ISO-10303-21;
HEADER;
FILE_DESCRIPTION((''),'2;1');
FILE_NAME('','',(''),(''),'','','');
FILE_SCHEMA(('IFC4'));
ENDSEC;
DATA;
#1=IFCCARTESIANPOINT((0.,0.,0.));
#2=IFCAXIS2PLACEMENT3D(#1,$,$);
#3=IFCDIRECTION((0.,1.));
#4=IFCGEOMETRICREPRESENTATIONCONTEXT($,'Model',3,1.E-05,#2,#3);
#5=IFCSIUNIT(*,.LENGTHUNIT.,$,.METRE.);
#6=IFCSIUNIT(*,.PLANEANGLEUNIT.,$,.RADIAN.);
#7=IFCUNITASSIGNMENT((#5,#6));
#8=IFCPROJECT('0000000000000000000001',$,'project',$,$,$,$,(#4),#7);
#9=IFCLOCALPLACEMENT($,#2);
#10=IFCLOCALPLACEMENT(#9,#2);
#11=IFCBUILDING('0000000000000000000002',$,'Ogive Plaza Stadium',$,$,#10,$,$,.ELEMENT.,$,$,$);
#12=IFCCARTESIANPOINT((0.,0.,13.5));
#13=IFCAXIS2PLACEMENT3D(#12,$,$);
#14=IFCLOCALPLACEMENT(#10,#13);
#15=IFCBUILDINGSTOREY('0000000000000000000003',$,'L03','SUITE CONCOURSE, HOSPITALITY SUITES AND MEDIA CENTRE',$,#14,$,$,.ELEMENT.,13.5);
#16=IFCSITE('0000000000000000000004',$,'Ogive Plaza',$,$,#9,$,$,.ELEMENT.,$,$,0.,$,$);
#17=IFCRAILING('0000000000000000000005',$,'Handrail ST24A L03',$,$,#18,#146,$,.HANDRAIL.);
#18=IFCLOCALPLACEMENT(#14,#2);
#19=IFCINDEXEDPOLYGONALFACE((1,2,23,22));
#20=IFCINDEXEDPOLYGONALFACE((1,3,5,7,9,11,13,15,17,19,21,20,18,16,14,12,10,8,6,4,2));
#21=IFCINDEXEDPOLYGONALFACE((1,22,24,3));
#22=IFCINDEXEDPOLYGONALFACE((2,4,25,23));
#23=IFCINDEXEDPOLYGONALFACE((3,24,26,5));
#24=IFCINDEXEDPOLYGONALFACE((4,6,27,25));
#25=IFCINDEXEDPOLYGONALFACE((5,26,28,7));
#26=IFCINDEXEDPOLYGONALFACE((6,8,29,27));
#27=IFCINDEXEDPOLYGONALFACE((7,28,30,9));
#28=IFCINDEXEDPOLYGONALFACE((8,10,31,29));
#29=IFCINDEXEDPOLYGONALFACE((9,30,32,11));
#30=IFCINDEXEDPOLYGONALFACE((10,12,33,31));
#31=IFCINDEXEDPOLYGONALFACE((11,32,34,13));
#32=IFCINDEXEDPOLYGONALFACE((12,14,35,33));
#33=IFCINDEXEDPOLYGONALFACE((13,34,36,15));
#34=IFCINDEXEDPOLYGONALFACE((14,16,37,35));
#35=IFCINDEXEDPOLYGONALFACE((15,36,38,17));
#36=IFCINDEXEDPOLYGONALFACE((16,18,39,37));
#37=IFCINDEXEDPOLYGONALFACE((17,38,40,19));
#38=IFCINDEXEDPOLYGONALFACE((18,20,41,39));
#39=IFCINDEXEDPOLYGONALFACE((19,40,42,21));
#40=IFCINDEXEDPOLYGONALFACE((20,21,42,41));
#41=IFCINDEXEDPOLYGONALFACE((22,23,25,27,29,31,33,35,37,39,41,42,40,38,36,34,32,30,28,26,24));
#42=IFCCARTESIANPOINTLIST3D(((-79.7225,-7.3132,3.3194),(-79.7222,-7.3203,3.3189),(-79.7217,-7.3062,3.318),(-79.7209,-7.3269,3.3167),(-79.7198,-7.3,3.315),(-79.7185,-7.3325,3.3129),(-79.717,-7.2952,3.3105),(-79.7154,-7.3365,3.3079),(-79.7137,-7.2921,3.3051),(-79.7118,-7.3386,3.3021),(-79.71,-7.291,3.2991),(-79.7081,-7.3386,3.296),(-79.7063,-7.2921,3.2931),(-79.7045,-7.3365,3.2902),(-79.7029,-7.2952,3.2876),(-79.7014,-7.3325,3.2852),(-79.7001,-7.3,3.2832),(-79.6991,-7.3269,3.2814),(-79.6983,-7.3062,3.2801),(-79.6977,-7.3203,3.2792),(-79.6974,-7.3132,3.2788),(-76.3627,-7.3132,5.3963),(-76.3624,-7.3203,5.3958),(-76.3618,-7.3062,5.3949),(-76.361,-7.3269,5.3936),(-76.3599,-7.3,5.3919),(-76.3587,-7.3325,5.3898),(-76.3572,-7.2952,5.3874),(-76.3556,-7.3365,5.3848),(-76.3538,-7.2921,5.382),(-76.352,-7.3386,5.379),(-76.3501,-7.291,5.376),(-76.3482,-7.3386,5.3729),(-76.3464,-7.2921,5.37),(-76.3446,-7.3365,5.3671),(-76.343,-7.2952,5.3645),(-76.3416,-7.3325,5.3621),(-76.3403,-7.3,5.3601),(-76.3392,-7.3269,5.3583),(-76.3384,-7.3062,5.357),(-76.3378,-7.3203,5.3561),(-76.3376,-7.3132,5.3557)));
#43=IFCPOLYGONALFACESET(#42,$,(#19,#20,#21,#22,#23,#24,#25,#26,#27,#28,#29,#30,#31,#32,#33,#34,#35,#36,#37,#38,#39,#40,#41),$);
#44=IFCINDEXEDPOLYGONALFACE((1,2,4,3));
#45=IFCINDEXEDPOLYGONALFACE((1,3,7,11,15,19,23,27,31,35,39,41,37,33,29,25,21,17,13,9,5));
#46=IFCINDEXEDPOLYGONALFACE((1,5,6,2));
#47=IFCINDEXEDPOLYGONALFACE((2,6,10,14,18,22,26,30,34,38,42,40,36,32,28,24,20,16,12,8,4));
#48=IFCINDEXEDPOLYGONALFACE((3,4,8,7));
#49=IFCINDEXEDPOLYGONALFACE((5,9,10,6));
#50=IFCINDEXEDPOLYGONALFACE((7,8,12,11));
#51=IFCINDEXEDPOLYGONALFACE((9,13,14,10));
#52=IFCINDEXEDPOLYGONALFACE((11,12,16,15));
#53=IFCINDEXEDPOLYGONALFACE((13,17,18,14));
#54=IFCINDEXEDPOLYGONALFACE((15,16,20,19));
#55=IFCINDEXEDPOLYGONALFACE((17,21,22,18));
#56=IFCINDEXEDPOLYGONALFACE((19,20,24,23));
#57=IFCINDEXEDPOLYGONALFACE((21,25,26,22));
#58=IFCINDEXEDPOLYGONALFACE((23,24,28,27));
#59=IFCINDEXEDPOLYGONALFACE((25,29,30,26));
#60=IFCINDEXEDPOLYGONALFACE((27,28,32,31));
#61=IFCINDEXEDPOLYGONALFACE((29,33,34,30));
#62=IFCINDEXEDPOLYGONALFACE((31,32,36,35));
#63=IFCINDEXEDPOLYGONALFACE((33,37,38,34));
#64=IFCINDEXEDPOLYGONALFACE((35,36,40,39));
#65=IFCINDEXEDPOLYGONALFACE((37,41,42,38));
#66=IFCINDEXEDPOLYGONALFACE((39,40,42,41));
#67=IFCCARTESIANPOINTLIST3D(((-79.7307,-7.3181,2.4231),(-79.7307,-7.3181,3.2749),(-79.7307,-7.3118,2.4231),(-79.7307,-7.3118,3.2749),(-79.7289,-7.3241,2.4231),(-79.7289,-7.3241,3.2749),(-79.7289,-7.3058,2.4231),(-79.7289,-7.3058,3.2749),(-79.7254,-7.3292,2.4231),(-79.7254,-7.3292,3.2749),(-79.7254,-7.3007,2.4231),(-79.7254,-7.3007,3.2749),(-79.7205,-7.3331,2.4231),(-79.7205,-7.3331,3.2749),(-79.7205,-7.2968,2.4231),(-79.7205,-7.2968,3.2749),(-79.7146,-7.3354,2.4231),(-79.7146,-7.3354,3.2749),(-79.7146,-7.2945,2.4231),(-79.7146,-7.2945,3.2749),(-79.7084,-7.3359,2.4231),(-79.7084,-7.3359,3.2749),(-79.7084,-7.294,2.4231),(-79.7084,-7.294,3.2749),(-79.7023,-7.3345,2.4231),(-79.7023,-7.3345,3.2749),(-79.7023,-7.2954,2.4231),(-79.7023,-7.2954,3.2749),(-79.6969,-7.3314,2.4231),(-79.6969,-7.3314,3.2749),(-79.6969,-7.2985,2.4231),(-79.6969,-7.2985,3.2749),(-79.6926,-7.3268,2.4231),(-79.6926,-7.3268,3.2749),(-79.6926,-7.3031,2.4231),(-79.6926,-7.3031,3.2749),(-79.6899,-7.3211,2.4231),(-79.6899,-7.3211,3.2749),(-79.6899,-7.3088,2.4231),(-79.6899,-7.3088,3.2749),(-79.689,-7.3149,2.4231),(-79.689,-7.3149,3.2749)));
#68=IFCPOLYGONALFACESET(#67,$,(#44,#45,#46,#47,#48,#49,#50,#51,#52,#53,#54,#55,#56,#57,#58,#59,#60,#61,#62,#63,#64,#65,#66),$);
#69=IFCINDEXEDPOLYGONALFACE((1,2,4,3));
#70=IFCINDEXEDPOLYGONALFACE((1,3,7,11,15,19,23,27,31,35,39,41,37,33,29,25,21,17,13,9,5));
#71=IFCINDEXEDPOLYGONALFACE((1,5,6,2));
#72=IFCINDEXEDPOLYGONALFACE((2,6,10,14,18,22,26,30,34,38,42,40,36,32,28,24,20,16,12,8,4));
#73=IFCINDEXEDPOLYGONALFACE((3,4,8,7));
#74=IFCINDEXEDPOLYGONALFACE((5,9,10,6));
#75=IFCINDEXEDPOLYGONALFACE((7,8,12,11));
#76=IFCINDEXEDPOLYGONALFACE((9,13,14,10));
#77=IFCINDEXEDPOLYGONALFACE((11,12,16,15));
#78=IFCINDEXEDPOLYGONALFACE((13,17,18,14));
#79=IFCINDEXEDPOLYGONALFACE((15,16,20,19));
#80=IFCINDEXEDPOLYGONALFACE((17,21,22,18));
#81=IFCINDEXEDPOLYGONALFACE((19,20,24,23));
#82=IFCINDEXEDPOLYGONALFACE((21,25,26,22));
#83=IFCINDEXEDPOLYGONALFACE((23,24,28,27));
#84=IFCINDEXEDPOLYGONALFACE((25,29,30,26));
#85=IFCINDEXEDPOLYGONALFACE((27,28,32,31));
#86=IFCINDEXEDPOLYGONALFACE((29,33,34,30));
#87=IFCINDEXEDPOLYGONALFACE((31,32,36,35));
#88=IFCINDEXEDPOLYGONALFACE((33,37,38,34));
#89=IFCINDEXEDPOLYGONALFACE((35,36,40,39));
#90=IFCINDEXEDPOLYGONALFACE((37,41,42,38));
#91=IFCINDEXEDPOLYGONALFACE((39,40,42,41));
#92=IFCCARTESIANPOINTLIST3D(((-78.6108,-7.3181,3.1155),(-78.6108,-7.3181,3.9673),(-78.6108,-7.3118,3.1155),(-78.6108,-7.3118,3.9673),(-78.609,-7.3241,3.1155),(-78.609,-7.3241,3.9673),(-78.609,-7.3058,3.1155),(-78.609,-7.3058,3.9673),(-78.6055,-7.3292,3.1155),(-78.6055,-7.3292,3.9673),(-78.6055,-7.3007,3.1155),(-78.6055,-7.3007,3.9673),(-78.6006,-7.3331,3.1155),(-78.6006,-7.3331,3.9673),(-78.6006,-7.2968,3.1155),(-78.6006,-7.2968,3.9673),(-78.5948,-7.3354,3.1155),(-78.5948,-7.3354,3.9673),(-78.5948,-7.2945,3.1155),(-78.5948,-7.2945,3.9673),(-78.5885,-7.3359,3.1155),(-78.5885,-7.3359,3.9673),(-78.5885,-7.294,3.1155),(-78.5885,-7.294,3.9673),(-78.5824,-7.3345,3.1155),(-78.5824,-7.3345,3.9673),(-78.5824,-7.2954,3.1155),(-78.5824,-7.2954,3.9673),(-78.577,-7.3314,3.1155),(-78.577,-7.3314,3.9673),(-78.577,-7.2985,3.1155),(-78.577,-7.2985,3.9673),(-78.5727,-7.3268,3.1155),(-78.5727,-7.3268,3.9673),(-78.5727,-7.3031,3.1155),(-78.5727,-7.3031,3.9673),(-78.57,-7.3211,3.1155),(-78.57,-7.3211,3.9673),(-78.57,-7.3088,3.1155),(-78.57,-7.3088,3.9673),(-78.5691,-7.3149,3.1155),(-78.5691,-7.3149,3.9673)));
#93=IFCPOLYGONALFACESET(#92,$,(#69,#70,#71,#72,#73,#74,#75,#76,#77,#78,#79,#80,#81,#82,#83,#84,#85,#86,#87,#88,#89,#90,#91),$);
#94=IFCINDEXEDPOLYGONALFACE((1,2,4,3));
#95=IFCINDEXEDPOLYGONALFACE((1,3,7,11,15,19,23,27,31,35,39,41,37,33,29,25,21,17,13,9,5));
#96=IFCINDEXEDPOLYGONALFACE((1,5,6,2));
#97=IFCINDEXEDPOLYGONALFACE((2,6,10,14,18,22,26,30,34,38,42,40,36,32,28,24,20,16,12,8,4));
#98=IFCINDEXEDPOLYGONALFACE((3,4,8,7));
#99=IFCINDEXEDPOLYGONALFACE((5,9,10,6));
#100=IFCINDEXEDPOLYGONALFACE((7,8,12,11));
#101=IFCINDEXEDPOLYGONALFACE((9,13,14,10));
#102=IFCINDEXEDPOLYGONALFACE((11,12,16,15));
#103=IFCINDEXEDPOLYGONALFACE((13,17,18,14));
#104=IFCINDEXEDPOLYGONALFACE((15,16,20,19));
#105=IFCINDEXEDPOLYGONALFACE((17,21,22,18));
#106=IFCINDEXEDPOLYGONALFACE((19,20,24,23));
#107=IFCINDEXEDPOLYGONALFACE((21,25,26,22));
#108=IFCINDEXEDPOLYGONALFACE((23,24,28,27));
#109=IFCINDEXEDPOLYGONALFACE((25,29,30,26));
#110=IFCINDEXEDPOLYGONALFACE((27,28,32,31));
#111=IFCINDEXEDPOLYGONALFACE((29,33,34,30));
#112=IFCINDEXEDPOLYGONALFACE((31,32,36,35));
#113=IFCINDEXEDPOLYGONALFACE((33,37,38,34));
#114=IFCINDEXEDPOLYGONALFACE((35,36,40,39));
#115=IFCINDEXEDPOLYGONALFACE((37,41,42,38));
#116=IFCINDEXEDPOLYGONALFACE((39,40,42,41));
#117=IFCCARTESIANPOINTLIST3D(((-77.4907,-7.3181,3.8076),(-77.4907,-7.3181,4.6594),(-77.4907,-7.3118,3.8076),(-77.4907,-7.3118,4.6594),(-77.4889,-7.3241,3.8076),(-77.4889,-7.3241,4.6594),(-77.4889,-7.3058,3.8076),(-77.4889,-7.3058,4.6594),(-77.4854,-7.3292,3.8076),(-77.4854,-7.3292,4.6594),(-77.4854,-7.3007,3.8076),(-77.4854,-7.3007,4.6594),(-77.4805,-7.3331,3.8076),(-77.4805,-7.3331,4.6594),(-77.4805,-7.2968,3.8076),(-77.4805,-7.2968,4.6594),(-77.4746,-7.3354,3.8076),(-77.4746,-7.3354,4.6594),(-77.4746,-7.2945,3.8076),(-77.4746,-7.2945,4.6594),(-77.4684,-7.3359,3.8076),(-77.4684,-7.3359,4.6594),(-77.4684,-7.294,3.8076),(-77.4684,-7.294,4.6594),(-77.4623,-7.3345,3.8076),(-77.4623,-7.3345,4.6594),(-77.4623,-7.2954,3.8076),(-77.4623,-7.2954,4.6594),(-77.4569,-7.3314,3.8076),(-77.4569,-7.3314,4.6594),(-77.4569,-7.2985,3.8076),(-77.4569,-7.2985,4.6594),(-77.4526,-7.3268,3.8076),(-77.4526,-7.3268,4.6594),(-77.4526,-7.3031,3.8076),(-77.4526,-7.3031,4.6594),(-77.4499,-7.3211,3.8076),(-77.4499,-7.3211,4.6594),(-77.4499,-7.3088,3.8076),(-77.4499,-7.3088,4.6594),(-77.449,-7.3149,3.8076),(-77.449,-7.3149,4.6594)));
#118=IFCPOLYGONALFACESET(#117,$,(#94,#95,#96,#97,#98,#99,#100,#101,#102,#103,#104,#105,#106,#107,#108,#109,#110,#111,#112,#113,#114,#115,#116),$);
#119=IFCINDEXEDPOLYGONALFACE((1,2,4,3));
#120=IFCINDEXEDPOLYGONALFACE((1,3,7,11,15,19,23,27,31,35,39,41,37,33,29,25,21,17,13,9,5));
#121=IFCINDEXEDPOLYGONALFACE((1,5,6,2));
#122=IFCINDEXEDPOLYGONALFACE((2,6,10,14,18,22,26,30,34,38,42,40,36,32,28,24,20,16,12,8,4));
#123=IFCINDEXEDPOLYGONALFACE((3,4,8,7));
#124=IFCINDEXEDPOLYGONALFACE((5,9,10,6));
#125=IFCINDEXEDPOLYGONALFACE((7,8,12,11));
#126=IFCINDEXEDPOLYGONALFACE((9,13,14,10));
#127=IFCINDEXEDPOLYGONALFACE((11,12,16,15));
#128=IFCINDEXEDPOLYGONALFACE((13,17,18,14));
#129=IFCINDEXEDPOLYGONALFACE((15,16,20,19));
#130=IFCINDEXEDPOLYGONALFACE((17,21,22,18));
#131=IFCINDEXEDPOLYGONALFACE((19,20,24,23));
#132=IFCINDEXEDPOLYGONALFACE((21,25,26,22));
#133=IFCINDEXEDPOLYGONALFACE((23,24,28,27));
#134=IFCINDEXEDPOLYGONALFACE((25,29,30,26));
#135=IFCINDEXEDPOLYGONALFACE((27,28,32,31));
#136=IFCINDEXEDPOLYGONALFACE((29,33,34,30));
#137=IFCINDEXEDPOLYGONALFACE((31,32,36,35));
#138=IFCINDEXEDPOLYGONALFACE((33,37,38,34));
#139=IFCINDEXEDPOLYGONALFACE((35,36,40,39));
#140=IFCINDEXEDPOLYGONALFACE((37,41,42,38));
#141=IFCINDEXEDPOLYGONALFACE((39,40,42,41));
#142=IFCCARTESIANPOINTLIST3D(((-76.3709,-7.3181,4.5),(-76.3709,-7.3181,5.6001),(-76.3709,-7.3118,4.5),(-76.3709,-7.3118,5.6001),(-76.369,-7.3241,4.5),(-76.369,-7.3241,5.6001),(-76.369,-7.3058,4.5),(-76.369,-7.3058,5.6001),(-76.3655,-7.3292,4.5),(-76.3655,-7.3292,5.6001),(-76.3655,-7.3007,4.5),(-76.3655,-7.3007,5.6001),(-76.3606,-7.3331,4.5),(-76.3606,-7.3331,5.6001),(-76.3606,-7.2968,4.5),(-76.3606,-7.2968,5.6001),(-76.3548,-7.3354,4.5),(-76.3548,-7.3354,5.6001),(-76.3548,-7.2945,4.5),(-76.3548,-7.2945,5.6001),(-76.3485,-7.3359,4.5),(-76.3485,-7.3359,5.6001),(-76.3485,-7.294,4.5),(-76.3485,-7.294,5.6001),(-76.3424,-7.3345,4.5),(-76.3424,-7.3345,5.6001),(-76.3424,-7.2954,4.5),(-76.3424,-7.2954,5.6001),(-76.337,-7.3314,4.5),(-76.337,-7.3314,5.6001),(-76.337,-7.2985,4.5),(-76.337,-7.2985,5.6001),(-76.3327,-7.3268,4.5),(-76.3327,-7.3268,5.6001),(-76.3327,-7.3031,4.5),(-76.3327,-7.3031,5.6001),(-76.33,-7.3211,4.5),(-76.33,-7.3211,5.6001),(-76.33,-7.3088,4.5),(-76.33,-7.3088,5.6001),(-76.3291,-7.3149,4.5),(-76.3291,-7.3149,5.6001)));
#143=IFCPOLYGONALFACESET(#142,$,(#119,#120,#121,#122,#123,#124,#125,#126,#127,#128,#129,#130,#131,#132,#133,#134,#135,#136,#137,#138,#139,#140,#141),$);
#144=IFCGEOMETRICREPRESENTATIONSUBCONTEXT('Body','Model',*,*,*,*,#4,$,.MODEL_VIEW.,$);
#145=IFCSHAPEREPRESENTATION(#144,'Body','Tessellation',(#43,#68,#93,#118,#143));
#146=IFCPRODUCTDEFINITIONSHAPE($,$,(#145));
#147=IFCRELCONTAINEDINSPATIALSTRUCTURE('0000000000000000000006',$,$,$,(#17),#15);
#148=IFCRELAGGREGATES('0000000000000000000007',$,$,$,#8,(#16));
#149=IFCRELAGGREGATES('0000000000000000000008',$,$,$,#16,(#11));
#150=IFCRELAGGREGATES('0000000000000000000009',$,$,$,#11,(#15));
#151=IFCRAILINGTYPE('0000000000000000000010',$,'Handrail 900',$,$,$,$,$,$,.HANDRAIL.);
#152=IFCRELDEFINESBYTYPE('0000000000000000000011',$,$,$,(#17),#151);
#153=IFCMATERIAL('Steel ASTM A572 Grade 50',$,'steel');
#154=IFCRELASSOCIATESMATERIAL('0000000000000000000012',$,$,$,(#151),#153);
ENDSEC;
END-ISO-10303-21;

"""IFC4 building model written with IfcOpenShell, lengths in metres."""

from ifc_helpers import new_model, si_unit, direction, frame, origin, origin_2d, place, context, subcontext, project, spatial, circle, extrude, material, type_object, element, save


model = new_model("IFC4")

# Units and contexts
model_context = context("Model", 3, precision=1e-05, world=origin(), true_north=direction((0.0, 1.0)))
body_context = subcontext(model_context, "Body", "Model", "MODEL_VIEW")
ifc_project = project(units=[si_unit("LENGTHUNIT", "METRE"), si_unit("PLANEANGLEUNIT", "RADIAN")], contexts=[model_context])

# Site, building, storey
site_placement = place(None, origin())
site = spatial("IfcSite", under=ifc_project, at=site_placement, Name="Ogive Plaza", CompositionType="ELEMENT", RefElevation=0.0)
building_placement = place(site_placement, origin())
building = spatial("IfcBuilding", under=site, at=building_placement, Name="Ogive Plaza Stadium", CompositionType="ELEMENT")
storey_placement = place(building_placement, frame((0.0, 0.0, 13.5)))
storey = spatial("IfcBuildingStorey", under=building, at=storey_placement, Name="L03", Description="SUITE CONCOURSE, HOSPITALITY SUITES AND MEDIA CENTRE", CompositionType="ELEMENT", Elevation=13.5)

# Railing
ifc_material_1 = material(Name="Steel ASTM A572 Grade 50", Category="steel")
railing_type_1 = type_object("IfcRailingType", Name="Handrail 900", PredefinedType="HANDRAIL", material=ifc_material_1)
for number, where, name in (
    (1, (-79.71, -7.3149, 2.4231), "Handrail ST24A L03"),
):
    element("IfcRailing", number, at=place(storey_placement, frame(where)), inside=storey, type_object=railing_type_1, Name=name, PredefinedType="HANDRAIL", context=body_context, shape_type="SweptSolid", body=[
        extrude(circle(Radius=0.0239, at=origin_2d()), frame((0.0, 0.0, 0.876), z_axis=(0.850606, 0.0, 0.525803), x_axis=(0.0, 1.0, 0.0)), (0.0, 0.0, 1.0), 3.95),
        extrude(circle(Radius=0.021, at=origin_2d()), origin(), (0.0, 0.0, 1.0), 0.8518),
        extrude(circle(Radius=0.021, at=origin_2d()), frame((1.1199, 0.0, 0.6924)), (0.0, 0.0, 1.0), 0.8518),
        extrude(circle(Radius=0.021, at=origin_2d()), frame((2.24, 0.0, 1.3845)), (0.0, 0.0, 1.0), 0.8518),
        extrude(circle(Radius=0.021, at=origin_2d()), frame((3.3599, 0.0, 2.0769)), (0.0, 0.0, 1.0), 1.1001),
    ])

save(model, "model.ifc")
